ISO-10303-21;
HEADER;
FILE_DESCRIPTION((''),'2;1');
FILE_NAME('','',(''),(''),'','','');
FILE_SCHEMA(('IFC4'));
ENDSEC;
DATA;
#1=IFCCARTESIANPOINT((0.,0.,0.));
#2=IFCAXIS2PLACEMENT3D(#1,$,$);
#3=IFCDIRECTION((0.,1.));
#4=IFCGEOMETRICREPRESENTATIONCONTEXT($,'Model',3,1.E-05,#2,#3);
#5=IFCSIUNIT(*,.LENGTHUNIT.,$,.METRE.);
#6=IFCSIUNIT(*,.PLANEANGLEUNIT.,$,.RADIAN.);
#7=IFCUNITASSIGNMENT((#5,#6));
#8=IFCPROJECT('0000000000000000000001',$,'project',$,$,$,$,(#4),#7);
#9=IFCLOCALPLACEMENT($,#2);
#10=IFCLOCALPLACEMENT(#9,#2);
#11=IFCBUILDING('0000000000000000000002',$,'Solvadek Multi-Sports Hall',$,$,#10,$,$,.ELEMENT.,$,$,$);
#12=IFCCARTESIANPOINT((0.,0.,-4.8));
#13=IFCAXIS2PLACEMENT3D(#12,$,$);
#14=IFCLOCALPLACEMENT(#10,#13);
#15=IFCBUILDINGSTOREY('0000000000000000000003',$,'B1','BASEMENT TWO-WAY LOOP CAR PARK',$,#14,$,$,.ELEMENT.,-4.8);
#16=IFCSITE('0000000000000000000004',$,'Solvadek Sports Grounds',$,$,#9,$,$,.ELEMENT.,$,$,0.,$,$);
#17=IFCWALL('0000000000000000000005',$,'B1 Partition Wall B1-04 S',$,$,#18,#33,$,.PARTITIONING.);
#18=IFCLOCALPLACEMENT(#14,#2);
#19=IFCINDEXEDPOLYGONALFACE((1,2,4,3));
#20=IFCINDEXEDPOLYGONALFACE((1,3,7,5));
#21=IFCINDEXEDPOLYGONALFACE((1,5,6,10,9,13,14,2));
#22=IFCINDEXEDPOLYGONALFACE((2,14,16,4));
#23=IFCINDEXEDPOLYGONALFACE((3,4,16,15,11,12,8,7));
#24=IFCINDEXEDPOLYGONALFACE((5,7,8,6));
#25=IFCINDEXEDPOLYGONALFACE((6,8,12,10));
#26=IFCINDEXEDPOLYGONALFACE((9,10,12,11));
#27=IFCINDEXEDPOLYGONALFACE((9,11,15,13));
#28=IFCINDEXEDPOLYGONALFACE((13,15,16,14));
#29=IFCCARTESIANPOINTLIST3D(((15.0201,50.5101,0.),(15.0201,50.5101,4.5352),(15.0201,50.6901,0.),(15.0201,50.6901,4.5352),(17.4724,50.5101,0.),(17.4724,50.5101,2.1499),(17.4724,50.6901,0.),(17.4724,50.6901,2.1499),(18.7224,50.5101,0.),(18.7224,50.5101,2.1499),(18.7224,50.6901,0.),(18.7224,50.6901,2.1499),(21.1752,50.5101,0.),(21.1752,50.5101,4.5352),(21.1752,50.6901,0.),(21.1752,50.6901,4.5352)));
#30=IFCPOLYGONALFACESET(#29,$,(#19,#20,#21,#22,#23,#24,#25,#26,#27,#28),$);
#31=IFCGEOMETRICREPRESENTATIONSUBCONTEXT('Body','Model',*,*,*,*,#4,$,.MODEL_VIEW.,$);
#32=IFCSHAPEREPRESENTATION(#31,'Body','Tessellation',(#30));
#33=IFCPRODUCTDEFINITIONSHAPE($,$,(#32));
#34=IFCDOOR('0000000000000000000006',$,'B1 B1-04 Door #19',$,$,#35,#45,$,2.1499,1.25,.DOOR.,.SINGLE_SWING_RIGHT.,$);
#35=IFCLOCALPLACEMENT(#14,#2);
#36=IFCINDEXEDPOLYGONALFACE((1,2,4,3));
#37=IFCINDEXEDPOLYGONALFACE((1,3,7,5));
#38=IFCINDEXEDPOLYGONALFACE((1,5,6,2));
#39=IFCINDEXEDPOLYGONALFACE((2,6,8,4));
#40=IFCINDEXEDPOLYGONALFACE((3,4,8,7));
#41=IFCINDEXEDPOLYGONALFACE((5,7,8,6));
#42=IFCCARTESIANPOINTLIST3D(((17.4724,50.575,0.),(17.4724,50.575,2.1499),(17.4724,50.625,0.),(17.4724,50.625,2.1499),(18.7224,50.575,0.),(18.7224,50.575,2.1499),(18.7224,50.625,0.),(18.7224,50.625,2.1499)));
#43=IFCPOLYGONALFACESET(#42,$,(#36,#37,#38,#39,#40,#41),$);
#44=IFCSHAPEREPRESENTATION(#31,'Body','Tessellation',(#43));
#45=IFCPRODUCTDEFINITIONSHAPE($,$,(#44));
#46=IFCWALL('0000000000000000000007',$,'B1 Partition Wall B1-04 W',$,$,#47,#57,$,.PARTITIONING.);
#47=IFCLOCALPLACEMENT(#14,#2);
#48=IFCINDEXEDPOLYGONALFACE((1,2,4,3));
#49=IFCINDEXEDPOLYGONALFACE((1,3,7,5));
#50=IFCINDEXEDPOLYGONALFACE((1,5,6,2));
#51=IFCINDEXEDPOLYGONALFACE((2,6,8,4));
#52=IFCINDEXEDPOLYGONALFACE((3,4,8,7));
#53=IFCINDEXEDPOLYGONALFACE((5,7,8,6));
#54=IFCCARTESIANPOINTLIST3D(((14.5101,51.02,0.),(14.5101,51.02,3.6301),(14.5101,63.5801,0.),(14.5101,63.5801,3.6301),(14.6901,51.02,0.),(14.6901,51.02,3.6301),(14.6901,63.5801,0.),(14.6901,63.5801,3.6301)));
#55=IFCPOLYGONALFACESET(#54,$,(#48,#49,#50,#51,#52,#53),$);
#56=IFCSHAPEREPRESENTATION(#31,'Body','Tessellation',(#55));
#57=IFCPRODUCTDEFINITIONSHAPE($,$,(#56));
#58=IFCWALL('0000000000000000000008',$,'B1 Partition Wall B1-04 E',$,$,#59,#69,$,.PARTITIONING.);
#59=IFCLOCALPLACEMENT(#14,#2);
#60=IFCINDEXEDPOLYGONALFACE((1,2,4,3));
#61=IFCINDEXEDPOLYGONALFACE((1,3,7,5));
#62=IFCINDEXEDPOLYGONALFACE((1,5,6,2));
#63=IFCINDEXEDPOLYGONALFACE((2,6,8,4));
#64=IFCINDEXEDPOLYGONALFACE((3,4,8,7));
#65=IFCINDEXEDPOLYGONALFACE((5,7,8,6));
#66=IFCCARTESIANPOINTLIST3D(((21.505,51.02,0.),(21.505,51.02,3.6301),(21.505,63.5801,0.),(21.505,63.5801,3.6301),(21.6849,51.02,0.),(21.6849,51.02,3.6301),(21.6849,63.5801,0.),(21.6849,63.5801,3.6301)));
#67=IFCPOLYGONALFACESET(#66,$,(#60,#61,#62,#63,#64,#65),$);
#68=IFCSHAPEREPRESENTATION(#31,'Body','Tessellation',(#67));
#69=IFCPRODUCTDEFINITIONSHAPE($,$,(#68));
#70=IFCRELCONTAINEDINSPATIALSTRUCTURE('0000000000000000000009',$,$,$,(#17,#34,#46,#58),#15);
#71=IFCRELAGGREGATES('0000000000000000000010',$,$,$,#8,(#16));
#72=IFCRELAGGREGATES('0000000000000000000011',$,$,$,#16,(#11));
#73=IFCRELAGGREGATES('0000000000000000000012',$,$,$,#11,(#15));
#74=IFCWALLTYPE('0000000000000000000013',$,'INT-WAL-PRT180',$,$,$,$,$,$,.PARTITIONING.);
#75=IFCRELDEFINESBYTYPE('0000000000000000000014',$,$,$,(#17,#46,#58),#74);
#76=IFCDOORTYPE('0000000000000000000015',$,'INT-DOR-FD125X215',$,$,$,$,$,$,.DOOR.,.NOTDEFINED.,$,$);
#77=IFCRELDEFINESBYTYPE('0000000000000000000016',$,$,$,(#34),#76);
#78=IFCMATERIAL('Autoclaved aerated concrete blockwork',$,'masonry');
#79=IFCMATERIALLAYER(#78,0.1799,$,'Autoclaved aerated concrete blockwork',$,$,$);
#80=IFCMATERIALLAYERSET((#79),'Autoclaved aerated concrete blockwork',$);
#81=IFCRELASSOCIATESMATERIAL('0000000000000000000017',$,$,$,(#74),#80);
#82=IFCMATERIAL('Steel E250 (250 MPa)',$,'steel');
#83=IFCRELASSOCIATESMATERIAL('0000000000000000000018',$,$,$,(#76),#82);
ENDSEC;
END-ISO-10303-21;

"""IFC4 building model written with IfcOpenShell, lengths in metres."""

from ifc_helpers import new_model, si_unit, direction, frame, frame_2d, origin, place, context, subcontext, project, spatial, rectangle, extrude, material, layer, layer_set, type_object, element, fill, save


model = new_model("IFC4")

# Units and contexts
model_context = context("Model", 3, precision=1e-05, world=origin(), true_north=direction((0.0, 1.0)))
body_context = subcontext(model_context, "Body", "Model", "MODEL_VIEW")
ifc_project = project(units=[si_unit("LENGTHUNIT", "METRE"), si_unit("PLANEANGLEUNIT", "RADIAN")], contexts=[model_context])

# Site, building, storey
site_placement = place(None, origin())
site = spatial("IfcSite", under=ifc_project, at=site_placement, Name="Solvadek Sports Grounds", CompositionType="ELEMENT", RefElevation=0.0)
building_placement = place(site_placement, origin())
building = spatial("IfcBuilding", under=site, at=building_placement, Name="Solvadek Multi-Sports Hall", CompositionType="ELEMENT")
storey_placement = place(building_placement, frame((0.0, 0.0, -4.8)))
storey = spatial("IfcBuildingStorey", under=building, at=storey_placement, Name="B1", Description="BASEMENT TWO-WAY LOOP CAR PARK", CompositionType="ELEMENT", Elevation=-4.8)

# Wall, opening, door
ifc_material_1 = material(Name="Autoclaved aerated concrete blockwork", Category="masonry")
ifc_layer_1 = layer(ifc_material_1, 0.1799, Name="Autoclaved aerated concrete blockwork")
ifc_layer_set_1 = layer_set([ifc_layer_1], Name="Autoclaved aerated concrete blockwork")
wall_type = type_object("IfcWallType", Name="INT-WAL-PRT180", PredefinedType="PARTITIONING", material=ifc_layer_set_1)
ifc_material_2 = material(Name="Steel E250 (250 MPa)", Category="steel")
wall_1_placement = place(storey_placement, frame((15.02, 50.6001, 0.0), z_axis=(0.0, 0.0, 1.0), x_axis=(1.0, 0.0, 0.0)))
wall_1 = element("IfcWall", 1, at=wall_1_placement, inside=storey, type_object=wall_type, Name="B1 Partition Wall B1-04 S", PredefinedType="PARTITIONING", context=body_context, shape_type="SweptSolid", body=[
    extrude(rectangle(XDim=6.155, YDim=0.1799, at=frame_2d((3.0776, 0.0))), origin(), (0.0, 0.0, 1.0), 4.5352),
])
opening_1_placement = place(wall_1_placement, frame((2.4524, 0.0, 0.0)))
opening_1 = element("IfcOpeningElement", 2, at=opening_1_placement, cuts=wall_1, PredefinedType="OPENING", context=body_context, shape_type="SweptSolid", body=[
    extrude(rectangle(XDim=1.25, YDim=2.1499, at=frame_2d((0.625, 1.075))), frame((0.0, 0.0999, 0.0), z_axis=(0.0, -1.0, 0.0), x_axis=(1.0, 0.0, 0.0)), (0.0, 0.0, 1.0), 0.2),
])
door_type_1 = type_object("IfcDoorType", Name="INT-DOR-FD125X215", OperationType="NOTDEFINED", PredefinedType="DOOR", material=ifc_material_2)
door_1_placement = place(opening_1_placement, origin())
door_1 = element("IfcDoor", 3, at=door_1_placement, inside=storey, type_object=door_type_1, Name="B1 B1-04 Door #19", OperationType="SINGLE_SWING_RIGHT", OverallHeight=2.1499, OverallWidth=1.25, PredefinedType="DOOR", context=body_context, shape_type="SweptSolid", body=[
    extrude(rectangle(XDim=1.25, YDim=2.1499, at=frame_2d((0.625, 1.075))), frame((0.0, 0.0249, 0.0), z_axis=(0.0, -1.0, 0.0), x_axis=(1.0, 0.0, 0.0)), (0.0, 0.0, 1.0), 0.05),
])
fill(opening_1, door_1)

# Walls
for number, where, z_axis, x_axis, name in (
    (4, (14.6001, 51.02, 0.0), (0.0, 0.0, 1.0), (0.0, 1.0, 0.0), "B1 Partition Wall B1-04 W"),
    (5, (21.595, 51.02, 0.0), (0.0, 0.0, 1.0), (0.0, 1.0, 0.0), "B1 Partition Wall B1-04 E"),
):
    element("IfcWall", number, at=place(storey_placement, frame(where, z_axis=z_axis, x_axis=x_axis)), inside=storey, type_object=wall_type, Name=name, PredefinedType="PARTITIONING", context=body_context, shape_type="SweptSolid", body=[
        extrude(rectangle(XDim=12.5601, YDim=0.1799, at=frame_2d((6.28, 0.0))), origin(), (0.0, 0.0, 1.0), 3.6301),
    ])

save(model, "model.ifc")
